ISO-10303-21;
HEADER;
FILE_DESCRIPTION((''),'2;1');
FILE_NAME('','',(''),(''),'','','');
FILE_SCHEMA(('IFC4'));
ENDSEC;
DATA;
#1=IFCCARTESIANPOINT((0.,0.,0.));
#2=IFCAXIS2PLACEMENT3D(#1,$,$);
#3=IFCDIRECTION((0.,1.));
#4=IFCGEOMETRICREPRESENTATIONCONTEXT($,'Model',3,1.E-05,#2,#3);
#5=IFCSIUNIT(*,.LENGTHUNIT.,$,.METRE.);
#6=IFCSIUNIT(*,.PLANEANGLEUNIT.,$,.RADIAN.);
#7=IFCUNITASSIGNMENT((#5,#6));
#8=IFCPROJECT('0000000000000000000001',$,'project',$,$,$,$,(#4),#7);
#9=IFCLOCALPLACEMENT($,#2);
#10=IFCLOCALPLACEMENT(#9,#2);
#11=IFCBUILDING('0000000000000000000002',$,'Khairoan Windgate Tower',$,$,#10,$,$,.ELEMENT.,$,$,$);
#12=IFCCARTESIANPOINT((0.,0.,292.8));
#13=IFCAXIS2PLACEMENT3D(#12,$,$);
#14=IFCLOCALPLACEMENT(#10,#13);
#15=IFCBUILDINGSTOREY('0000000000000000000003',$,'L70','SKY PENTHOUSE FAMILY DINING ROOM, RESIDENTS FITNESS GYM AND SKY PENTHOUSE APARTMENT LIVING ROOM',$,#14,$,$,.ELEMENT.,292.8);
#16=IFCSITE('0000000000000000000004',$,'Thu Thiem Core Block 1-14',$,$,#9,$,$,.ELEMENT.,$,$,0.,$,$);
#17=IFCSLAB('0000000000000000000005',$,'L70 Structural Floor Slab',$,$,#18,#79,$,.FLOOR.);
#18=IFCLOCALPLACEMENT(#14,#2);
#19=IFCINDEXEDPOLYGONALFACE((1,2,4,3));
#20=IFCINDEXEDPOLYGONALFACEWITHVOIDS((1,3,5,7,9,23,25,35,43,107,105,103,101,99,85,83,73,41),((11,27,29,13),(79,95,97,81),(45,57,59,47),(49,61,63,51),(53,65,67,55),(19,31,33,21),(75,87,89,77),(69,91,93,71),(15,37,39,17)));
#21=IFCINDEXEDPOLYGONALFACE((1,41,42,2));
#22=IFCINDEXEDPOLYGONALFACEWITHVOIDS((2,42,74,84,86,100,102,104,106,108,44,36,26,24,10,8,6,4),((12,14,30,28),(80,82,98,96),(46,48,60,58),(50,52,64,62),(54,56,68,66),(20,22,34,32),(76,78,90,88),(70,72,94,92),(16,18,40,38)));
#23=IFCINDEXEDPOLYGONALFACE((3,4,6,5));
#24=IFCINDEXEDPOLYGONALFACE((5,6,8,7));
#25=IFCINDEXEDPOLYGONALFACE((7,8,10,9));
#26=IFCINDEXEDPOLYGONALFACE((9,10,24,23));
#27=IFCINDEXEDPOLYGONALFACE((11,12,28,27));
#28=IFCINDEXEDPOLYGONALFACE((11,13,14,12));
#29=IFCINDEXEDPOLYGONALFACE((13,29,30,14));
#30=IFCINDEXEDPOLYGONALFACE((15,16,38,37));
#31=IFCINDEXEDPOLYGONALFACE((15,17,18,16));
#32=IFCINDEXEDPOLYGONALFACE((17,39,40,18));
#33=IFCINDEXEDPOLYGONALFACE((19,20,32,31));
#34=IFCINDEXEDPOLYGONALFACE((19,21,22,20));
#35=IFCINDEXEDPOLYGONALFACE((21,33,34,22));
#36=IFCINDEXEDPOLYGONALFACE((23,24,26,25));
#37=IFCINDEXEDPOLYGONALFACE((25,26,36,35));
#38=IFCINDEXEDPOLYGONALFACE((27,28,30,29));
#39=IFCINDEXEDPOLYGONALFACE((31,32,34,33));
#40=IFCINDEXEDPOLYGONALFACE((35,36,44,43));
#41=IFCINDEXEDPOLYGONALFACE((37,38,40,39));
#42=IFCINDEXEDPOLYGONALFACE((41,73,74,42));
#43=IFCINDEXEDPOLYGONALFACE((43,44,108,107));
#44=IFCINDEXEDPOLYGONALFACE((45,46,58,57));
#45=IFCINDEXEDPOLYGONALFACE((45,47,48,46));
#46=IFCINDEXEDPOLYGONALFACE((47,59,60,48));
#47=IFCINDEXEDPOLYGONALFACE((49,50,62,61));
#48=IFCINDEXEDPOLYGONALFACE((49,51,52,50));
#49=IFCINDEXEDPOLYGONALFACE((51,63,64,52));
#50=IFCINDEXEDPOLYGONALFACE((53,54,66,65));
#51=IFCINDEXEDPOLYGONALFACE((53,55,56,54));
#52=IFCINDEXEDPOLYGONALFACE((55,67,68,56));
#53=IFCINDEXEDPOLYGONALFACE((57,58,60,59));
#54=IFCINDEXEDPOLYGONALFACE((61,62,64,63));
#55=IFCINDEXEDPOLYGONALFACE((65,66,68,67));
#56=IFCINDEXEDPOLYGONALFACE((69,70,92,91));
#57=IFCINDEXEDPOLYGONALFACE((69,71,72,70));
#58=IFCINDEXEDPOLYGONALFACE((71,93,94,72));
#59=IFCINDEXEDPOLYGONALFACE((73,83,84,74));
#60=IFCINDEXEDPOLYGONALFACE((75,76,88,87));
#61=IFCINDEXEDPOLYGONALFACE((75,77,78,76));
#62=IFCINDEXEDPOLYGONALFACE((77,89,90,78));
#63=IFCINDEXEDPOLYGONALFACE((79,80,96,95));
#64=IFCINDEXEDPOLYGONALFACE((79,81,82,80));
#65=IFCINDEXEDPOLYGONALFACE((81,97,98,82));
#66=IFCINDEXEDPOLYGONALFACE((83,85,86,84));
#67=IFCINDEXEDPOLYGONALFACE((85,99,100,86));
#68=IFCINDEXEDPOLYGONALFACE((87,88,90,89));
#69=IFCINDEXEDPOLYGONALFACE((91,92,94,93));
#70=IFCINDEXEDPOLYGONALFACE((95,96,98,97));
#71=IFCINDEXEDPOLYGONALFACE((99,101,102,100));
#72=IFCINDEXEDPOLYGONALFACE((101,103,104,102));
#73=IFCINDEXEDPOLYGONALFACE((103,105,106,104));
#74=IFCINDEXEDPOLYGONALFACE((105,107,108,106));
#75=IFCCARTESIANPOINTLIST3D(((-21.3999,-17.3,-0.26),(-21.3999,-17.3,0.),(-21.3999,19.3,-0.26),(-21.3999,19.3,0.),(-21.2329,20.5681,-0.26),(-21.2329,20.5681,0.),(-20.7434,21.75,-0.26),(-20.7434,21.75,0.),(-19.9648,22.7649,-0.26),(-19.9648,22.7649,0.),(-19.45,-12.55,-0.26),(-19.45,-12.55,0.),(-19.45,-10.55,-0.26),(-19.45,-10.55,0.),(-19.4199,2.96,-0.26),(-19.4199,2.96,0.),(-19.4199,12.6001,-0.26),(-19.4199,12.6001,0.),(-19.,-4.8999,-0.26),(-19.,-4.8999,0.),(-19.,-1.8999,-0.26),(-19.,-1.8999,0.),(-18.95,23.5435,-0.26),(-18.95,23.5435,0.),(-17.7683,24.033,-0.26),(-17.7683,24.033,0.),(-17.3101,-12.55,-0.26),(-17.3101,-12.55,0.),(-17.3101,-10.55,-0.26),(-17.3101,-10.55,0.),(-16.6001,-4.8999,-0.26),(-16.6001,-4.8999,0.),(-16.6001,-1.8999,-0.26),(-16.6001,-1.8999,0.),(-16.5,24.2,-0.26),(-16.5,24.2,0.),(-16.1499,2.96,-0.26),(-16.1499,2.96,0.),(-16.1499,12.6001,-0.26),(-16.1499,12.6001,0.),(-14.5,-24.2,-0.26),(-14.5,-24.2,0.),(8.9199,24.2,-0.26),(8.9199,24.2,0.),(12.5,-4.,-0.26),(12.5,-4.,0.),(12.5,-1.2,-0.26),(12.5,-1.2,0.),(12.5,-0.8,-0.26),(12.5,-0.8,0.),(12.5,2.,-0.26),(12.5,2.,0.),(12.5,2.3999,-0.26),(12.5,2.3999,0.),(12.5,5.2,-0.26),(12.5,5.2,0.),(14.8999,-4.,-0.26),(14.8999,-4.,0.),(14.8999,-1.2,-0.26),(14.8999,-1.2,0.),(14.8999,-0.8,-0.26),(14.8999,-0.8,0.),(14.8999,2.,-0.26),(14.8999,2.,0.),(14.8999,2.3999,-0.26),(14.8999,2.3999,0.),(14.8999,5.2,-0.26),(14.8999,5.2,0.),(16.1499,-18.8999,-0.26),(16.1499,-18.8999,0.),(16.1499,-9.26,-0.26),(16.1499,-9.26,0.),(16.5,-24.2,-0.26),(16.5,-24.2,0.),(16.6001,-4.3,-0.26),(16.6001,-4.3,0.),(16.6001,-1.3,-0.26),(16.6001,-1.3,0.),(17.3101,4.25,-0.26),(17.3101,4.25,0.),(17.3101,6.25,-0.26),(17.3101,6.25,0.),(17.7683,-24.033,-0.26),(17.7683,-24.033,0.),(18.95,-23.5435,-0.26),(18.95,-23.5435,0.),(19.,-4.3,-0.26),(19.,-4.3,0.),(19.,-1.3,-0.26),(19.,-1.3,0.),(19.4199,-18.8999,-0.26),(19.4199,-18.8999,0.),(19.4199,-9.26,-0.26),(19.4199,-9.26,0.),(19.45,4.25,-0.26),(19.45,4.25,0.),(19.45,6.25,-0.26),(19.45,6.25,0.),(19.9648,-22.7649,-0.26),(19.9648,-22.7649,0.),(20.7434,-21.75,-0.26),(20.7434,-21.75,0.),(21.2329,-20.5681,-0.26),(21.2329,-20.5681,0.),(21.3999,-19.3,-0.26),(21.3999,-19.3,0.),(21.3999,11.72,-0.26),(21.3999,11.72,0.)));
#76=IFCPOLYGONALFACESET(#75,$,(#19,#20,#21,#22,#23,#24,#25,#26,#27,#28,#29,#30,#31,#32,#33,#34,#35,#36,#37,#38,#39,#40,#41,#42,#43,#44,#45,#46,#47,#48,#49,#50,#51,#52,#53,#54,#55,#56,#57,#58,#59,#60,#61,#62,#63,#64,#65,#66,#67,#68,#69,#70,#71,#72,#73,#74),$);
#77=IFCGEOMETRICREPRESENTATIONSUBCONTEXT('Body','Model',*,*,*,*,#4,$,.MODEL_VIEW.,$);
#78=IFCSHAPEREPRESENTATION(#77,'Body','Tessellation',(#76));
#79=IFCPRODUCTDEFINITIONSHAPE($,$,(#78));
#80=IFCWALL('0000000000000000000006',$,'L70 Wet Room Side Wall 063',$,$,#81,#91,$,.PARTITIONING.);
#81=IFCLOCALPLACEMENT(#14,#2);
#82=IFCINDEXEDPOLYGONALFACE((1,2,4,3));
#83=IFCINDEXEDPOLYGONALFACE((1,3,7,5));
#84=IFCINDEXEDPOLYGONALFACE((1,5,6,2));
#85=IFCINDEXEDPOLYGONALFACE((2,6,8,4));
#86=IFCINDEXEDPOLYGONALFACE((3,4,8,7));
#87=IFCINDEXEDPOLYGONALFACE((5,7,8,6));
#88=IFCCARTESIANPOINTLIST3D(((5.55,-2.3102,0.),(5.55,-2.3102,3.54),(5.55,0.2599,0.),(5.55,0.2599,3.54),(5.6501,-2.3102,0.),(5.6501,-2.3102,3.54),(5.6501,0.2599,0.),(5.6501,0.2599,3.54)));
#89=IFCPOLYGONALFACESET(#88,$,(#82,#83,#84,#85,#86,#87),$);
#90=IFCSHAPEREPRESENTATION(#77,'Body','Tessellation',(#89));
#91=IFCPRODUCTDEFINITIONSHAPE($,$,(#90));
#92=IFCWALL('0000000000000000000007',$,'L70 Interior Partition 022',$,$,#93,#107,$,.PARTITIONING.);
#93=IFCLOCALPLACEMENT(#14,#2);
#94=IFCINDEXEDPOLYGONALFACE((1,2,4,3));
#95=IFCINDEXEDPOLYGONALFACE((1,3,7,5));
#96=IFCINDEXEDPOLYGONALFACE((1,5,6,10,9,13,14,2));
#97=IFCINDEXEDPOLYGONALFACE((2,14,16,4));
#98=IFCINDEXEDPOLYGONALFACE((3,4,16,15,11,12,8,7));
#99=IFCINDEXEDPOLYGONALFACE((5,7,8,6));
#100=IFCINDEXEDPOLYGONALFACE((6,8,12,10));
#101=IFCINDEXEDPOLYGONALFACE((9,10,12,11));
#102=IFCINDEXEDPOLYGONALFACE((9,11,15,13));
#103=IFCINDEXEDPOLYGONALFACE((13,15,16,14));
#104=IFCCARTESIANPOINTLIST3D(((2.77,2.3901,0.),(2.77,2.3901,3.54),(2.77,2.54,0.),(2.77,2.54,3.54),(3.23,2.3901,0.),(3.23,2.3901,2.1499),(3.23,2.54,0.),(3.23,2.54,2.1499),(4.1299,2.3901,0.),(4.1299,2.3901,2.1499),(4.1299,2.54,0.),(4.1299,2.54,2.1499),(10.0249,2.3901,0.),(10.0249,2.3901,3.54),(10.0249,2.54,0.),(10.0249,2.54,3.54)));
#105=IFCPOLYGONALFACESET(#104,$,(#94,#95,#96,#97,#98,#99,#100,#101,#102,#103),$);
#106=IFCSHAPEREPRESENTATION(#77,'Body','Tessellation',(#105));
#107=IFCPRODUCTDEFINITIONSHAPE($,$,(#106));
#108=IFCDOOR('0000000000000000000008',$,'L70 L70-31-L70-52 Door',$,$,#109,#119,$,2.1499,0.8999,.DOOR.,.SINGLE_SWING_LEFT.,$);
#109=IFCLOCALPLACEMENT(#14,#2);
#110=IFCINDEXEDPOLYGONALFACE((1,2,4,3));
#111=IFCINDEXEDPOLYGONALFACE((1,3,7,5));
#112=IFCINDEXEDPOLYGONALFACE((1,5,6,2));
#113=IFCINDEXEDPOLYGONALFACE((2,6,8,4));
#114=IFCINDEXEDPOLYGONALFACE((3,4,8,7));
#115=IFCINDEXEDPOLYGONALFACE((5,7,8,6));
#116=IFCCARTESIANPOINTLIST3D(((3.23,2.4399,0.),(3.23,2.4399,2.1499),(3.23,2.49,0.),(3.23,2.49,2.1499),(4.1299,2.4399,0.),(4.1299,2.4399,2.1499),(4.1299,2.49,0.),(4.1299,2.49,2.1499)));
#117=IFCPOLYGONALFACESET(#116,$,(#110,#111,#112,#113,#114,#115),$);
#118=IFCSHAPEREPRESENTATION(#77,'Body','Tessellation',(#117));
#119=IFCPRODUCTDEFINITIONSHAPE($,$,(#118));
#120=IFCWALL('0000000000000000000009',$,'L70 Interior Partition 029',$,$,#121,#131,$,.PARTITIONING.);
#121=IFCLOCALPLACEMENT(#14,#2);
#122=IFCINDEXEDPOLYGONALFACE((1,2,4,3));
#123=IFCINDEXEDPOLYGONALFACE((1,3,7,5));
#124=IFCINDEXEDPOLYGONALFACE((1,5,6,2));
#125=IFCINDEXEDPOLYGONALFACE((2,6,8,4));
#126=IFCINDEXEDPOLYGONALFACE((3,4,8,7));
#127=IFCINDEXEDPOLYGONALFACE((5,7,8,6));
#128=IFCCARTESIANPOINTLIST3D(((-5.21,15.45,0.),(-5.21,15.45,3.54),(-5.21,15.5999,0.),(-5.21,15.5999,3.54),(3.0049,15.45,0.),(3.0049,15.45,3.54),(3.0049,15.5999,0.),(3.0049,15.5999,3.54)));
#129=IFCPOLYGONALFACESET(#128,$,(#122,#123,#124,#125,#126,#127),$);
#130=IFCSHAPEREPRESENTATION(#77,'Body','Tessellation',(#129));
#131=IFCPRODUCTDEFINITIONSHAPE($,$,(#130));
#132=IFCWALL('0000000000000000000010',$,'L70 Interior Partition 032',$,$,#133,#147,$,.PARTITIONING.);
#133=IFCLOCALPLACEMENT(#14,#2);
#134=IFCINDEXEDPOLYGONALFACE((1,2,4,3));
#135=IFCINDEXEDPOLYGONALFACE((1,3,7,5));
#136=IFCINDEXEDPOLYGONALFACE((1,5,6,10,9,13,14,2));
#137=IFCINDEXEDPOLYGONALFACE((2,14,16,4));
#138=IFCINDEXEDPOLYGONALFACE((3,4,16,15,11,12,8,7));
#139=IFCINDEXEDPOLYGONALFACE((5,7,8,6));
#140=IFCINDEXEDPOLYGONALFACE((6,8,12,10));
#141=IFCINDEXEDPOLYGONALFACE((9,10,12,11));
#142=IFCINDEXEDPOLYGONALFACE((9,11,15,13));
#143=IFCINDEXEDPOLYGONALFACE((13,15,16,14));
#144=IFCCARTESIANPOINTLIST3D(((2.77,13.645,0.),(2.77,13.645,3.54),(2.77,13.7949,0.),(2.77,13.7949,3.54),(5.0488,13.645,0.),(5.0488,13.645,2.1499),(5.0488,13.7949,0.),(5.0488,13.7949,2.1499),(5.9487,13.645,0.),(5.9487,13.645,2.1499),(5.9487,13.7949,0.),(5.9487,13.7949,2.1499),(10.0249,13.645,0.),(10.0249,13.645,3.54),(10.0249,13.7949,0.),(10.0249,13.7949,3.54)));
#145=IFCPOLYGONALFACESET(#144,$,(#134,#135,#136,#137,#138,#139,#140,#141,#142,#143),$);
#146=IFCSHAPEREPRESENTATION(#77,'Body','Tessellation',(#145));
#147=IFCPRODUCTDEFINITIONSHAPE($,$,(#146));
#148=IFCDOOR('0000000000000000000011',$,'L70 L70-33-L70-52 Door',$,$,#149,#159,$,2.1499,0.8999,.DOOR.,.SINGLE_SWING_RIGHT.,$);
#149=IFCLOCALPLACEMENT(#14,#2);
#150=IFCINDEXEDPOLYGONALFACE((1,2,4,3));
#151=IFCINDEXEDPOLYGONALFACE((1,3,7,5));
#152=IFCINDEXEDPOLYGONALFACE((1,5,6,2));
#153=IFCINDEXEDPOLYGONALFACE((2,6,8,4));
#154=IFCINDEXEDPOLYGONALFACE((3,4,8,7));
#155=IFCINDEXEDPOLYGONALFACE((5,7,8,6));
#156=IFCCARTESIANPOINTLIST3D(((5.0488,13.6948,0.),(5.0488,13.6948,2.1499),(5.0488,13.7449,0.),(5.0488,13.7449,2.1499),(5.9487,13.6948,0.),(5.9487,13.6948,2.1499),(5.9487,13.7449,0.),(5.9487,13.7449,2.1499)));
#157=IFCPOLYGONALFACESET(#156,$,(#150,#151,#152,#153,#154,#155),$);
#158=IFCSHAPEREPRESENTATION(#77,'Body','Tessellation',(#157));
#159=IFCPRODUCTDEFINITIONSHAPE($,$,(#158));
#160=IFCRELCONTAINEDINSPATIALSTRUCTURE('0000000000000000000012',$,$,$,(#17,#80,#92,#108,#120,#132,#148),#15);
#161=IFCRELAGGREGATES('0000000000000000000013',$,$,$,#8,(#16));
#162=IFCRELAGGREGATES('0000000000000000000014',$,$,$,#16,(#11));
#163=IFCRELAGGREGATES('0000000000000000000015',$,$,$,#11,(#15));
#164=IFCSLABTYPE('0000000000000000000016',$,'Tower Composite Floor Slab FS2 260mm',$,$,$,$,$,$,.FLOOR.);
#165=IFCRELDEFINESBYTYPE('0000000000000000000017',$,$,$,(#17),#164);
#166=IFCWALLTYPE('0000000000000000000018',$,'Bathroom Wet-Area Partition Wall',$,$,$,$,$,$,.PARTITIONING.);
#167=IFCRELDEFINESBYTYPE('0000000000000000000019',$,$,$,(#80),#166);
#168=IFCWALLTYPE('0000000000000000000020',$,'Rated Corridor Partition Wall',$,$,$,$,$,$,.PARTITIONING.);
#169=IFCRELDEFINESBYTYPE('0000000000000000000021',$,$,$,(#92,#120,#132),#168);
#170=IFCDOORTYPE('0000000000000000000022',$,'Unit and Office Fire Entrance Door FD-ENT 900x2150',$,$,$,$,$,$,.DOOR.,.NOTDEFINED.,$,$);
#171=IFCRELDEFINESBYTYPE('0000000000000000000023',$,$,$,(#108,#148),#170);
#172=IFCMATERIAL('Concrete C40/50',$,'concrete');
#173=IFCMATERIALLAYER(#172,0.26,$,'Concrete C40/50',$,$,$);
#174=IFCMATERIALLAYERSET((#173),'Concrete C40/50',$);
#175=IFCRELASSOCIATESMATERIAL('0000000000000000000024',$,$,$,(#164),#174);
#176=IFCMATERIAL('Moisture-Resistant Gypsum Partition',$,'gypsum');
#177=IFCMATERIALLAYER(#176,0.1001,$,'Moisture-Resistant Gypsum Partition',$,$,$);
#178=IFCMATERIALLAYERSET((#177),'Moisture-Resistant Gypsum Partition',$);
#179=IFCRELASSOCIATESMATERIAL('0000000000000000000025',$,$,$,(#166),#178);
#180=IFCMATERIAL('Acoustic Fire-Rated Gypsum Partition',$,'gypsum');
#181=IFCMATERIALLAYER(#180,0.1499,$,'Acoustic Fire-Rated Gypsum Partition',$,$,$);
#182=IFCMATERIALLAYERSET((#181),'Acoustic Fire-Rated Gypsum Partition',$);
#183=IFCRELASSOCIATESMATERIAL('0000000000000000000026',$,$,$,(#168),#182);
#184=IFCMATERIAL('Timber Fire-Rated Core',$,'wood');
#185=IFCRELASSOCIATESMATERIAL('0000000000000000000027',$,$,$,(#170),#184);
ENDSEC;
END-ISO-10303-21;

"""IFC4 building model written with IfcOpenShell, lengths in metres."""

from ifc_helpers import new_model, si_unit, direction, frame, frame_2d, origin, place, context, subcontext, project, spatial, polyline, rectangle, outline, extrude, material, layer, layer_set, type_object, element, fill, save


model = new_model("IFC4")

# Units and contexts
model_context = context("Model", 3, precision=1e-05, world=origin(), true_north=direction((0.0, 1.0)))
body_context = subcontext(model_context, "Body", "Model", "MODEL_VIEW")
ifc_project = project(units=[si_unit("LENGTHUNIT", "METRE"), si_unit("PLANEANGLEUNIT", "RADIAN")], contexts=[model_context])

# Site, building, storey
site_placement = place(None, origin())
site = spatial("IfcSite", under=ifc_project, at=site_placement, Name="Thu Thiem Core Block 1-14", CompositionType="ELEMENT", RefElevation=0.0)
building_placement = place(site_placement, origin())
building = spatial("IfcBuilding", under=site, at=building_placement, Name="Khairoan Windgate Tower", CompositionType="ELEMENT")
storey_placement = place(building_placement, frame((0.0, 0.0, 292.8)))
storey = spatial("IfcBuildingStorey", under=building, at=storey_placement, Name="L70", Description="SKY PENTHOUSE FAMILY DINING ROOM, RESIDENTS FITNESS GYM AND SKY PENTHOUSE APARTMENT LIVING ROOM", CompositionType="ELEMENT", Elevation=292.8)

# Slab
ifc_material_1 = material(Name="Concrete C40/50", Category="concrete")
ifc_layer_1 = layer(ifc_material_1, 0.26, Name="Concrete C40/50")
ifc_layer_set_1 = layer_set([ifc_layer_1], Name="Concrete C40/50")
slab_type_1 = type_object("IfcSlabType", Name="Tower Composite Floor Slab FS2 260mm", PredefinedType="FLOOR", material=ifc_layer_set_1)
slab_1_placement = place(storey_placement, frame((0.0, 0.0, -0.26)))
element("IfcSlab", 1, at=slab_1_placement, inside=storey, type_object=slab_type_1, Name="L70 Structural Floor Slab", PredefinedType="FLOOR", context=body_context, shape_type="SweptSolid", body=[
    extrude(outline(polyline([(16.5, -24.2), (17.7683, -24.033), (18.95, -23.5435), (19.9648, -22.7649), (20.7434, -21.75), (21.2329, -20.5681), (21.3999, -19.3), (21.3999, 11.72), (8.9199, 24.2), (-16.5, 24.2), (-17.7683, 24.033), (-18.95, 23.5435), (-19.9648, 22.7649), (-20.7434, 21.75), (-21.2329, 20.5681), (-21.3999, 19.3), (-21.3999, -17.3), (-14.5, -24.2), (16.5, -24.2)]), holes=[polyline([(16.1499, -9.26), (16.1499, -18.8999), (19.4199, -18.8999), (19.4199, -9.26), (16.1499, -9.26)]), polyline([(-16.1499, 2.96), (-16.1499, 12.6001), (-19.4199, 12.6001), (-19.4199, 2.96), (-16.1499, 2.96)]), polyline([(12.5, 2.3999), (14.8999, 2.3999), (14.8999, 5.2), (12.5, 5.2), (12.5, 2.3999)]), polyline([(12.5, -0.8), (14.8999, -0.8), (14.8999, 2.0), (12.5, 2.0), (12.5, -0.8)]), polyline([(12.5, -4.0), (14.8999, -4.0), (14.8999, -1.2), (12.5, -1.2), (12.5, -4.0)]), polyline([(16.6001, -4.3), (19.0, -4.3), (19.0, -1.3), (16.6001, -1.3), (16.6001, -4.3)]), polyline([(-19.0, -4.8999), (-16.6001, -4.8999), (-16.6001, -1.8999), (-19.0, -1.8999), (-19.0, -4.8999)]), polyline([(-19.45, -12.55), (-17.3101, -12.55), (-17.3101, -10.55), (-19.45, -10.55), (-19.45, -12.55)]), polyline([(17.3101, 4.25), (19.45, 4.25), (19.45, 6.25), (17.3101, 6.25), (17.3101, 4.25)])]), origin(), (0.0, 0.0, 1.0), 0.26),
])

# Wall
ifc_material_2 = material(Name="Moisture-Resistant Gypsum Partition", Category="gypsum")
ifc_layer_2 = layer(ifc_material_2, 0.1001, Name="Moisture-Resistant Gypsum Partition")
ifc_layer_set_2 = layer_set([ifc_layer_2], Name="Moisture-Resistant Gypsum Partition")
wall_type_1 = type_object("IfcWallType", Name="Bathroom Wet-Area Partition Wall", PredefinedType="PARTITIONING", material=ifc_layer_set_2)
wall_1_placement = place(storey_placement, frame((5.6001, 0.26, 0.0), z_axis=(0.0, 0.0, 1.0), x_axis=(0.0, -1.0, 0.0)))
element("IfcWall", 2, at=wall_1_placement, inside=storey, type_object=wall_type_1, Name="L70 Wet Room Side Wall 063", PredefinedType="PARTITIONING", context=body_context, shape_type="SweptSolid", body=[
    extrude(rectangle(XDim=2.5701, YDim=0.1001, at=frame_2d((1.2852, 0.0))), origin(), (0.0, 0.0, 1.0), 3.54),
])

# Wall, opening, door
ifc_material_3 = material(Name="Acoustic Fire-Rated Gypsum Partition", Category="gypsum")
ifc_layer_3 = layer(ifc_material_3, 0.1499, Name="Acoustic Fire-Rated Gypsum Partition")
ifc_layer_set_3 = layer_set([ifc_layer_3], Name="Acoustic Fire-Rated Gypsum Partition")
wall_type_2 = type_object("IfcWallType", Name="Rated Corridor Partition Wall", PredefinedType="PARTITIONING", material=ifc_layer_set_3)
wall_2_placement = place(storey_placement, frame((2.77, 2.4651, 0.0), z_axis=(0.0, 0.0, 1.0), x_axis=(1.0, 0.0, 0.0)))
wall_2 = element("IfcWall", 3, at=wall_2_placement, inside=storey, type_object=wall_type_2, Name="L70 Interior Partition 022", PredefinedType="PARTITIONING", context=body_context, shape_type="SweptSolid", body=[
    extrude(rectangle(XDim=7.2549, YDim=0.1499, at=frame_2d((3.6274, 0.0))), origin(), (0.0, 0.0, 1.0), 3.54),
])
opening_1_placement = place(wall_2_placement, frame((0.46, 0.0, 0.0)))
opening_1 = element("IfcOpeningElement", 4, at=opening_1_placement, cuts=wall_2, PredefinedType="OPENING", context=body_context, shape_type="SweptSolid", body=[
    extrude(rectangle(XDim=0.8999, YDim=2.1499, at=frame_2d((0.45, 1.075))), frame((0.0, 0.085, 0.0), z_axis=(0.0, -1.0, 0.0), x_axis=(1.0, 0.0, 0.0)), (0.0, 0.0, 1.0), 0.1699),
])
ifc_material_4 = material(Name="Timber Fire-Rated Core", Category="wood")
door_type = type_object("IfcDoorType", Name="Unit and Office Fire Entrance Door FD-ENT 900x2150", OperationType="NOTDEFINED", PredefinedType="DOOR", material=ifc_material_4)
door_1_placement = place(opening_1_placement, origin())
door_1 = element("IfcDoor", 5, at=door_1_placement, inside=storey, type_object=door_type, Name="L70 L70-31-L70-52 Door", OperationType="SINGLE_SWING_LEFT", OverallHeight=2.1499, OverallWidth=0.8999, PredefinedType="DOOR", context=body_context, shape_type="SweptSolid", body=[
    extrude(rectangle(XDim=0.8999, YDim=2.1499, at=frame_2d((0.45, 1.075))), frame((0.0, 0.0249, 0.0), z_axis=(0.0, -1.0, 0.0), x_axis=(1.0, 0.0, 0.0)), (0.0, 0.0, 1.0), 0.05),
])
fill(opening_1, door_1)

# Wall
wall_3_placement = place(storey_placement, frame((-5.21, 15.5249, 0.0), z_axis=(0.0, 0.0, 1.0), x_axis=(1.0, 0.0, 0.0)))
element("IfcWall", 6, at=wall_3_placement, inside=storey, type_object=wall_type_2, Name="L70 Interior Partition 029", PredefinedType="PARTITIONING", context=body_context, shape_type="SweptSolid", body=[
    extrude(rectangle(XDim=8.2148, YDim=0.1499, at=frame_2d((4.1074, 0.0))), origin(), (0.0, 0.0, 1.0), 3.54),
])

# Wall, opening, door
wall_4_placement = place(storey_placement, frame((2.77, 13.72, 0.0), z_axis=(0.0, 0.0, 1.0), x_axis=(1.0, 0.0, 0.0)))
wall_4 = element("IfcWall", 7, at=wall_4_placement, inside=storey, type_object=wall_type_2, Name="L70 Interior Partition 032", PredefinedType="PARTITIONING", context=body_context, shape_type="SweptSolid", body=[
    extrude(rectangle(XDim=7.2549, YDim=0.1499, at=frame_2d((3.6274, 0.0))), origin(), (0.0, 0.0, 1.0), 3.54),
])
opening_2_placement = place(wall_4_placement, frame((2.2788, 0.0, 0.0)))
opening_2 = element("IfcOpeningElement", 8, at=opening_2_placement, cuts=wall_4, PredefinedType="OPENING", context=body_context, shape_type="SweptSolid", body=[
    extrude(rectangle(XDim=0.8999, YDim=2.1499, at=frame_2d((0.45, 1.075))), frame((0.0, 0.085, 0.0), z_axis=(0.0, -1.0, 0.0), x_axis=(1.0, 0.0, 0.0)), (0.0, 0.0, 1.0), 0.1699),
])
door_2_placement = place(opening_2_placement, origin())
door_2 = element("IfcDoor", 9, at=door_2_placement, inside=storey, type_object=door_type, Name="L70 L70-33-L70-52 Door", OperationType="SINGLE_SWING_RIGHT", OverallHeight=2.1499, OverallWidth=0.8999, PredefinedType="DOOR", context=body_context, shape_type="SweptSolid", body=[
    extrude(rectangle(XDim=0.8999, YDim=2.1499, at=frame_2d((0.45, 1.075))), frame((0.0, 0.0249, 0.0), z_axis=(0.0, -1.0, 0.0), x_axis=(1.0, 0.0, 0.0)), (0.0, 0.0, 1.0), 0.05),
])
fill(opening_2, door_2)

save(model, "model.ifc")
